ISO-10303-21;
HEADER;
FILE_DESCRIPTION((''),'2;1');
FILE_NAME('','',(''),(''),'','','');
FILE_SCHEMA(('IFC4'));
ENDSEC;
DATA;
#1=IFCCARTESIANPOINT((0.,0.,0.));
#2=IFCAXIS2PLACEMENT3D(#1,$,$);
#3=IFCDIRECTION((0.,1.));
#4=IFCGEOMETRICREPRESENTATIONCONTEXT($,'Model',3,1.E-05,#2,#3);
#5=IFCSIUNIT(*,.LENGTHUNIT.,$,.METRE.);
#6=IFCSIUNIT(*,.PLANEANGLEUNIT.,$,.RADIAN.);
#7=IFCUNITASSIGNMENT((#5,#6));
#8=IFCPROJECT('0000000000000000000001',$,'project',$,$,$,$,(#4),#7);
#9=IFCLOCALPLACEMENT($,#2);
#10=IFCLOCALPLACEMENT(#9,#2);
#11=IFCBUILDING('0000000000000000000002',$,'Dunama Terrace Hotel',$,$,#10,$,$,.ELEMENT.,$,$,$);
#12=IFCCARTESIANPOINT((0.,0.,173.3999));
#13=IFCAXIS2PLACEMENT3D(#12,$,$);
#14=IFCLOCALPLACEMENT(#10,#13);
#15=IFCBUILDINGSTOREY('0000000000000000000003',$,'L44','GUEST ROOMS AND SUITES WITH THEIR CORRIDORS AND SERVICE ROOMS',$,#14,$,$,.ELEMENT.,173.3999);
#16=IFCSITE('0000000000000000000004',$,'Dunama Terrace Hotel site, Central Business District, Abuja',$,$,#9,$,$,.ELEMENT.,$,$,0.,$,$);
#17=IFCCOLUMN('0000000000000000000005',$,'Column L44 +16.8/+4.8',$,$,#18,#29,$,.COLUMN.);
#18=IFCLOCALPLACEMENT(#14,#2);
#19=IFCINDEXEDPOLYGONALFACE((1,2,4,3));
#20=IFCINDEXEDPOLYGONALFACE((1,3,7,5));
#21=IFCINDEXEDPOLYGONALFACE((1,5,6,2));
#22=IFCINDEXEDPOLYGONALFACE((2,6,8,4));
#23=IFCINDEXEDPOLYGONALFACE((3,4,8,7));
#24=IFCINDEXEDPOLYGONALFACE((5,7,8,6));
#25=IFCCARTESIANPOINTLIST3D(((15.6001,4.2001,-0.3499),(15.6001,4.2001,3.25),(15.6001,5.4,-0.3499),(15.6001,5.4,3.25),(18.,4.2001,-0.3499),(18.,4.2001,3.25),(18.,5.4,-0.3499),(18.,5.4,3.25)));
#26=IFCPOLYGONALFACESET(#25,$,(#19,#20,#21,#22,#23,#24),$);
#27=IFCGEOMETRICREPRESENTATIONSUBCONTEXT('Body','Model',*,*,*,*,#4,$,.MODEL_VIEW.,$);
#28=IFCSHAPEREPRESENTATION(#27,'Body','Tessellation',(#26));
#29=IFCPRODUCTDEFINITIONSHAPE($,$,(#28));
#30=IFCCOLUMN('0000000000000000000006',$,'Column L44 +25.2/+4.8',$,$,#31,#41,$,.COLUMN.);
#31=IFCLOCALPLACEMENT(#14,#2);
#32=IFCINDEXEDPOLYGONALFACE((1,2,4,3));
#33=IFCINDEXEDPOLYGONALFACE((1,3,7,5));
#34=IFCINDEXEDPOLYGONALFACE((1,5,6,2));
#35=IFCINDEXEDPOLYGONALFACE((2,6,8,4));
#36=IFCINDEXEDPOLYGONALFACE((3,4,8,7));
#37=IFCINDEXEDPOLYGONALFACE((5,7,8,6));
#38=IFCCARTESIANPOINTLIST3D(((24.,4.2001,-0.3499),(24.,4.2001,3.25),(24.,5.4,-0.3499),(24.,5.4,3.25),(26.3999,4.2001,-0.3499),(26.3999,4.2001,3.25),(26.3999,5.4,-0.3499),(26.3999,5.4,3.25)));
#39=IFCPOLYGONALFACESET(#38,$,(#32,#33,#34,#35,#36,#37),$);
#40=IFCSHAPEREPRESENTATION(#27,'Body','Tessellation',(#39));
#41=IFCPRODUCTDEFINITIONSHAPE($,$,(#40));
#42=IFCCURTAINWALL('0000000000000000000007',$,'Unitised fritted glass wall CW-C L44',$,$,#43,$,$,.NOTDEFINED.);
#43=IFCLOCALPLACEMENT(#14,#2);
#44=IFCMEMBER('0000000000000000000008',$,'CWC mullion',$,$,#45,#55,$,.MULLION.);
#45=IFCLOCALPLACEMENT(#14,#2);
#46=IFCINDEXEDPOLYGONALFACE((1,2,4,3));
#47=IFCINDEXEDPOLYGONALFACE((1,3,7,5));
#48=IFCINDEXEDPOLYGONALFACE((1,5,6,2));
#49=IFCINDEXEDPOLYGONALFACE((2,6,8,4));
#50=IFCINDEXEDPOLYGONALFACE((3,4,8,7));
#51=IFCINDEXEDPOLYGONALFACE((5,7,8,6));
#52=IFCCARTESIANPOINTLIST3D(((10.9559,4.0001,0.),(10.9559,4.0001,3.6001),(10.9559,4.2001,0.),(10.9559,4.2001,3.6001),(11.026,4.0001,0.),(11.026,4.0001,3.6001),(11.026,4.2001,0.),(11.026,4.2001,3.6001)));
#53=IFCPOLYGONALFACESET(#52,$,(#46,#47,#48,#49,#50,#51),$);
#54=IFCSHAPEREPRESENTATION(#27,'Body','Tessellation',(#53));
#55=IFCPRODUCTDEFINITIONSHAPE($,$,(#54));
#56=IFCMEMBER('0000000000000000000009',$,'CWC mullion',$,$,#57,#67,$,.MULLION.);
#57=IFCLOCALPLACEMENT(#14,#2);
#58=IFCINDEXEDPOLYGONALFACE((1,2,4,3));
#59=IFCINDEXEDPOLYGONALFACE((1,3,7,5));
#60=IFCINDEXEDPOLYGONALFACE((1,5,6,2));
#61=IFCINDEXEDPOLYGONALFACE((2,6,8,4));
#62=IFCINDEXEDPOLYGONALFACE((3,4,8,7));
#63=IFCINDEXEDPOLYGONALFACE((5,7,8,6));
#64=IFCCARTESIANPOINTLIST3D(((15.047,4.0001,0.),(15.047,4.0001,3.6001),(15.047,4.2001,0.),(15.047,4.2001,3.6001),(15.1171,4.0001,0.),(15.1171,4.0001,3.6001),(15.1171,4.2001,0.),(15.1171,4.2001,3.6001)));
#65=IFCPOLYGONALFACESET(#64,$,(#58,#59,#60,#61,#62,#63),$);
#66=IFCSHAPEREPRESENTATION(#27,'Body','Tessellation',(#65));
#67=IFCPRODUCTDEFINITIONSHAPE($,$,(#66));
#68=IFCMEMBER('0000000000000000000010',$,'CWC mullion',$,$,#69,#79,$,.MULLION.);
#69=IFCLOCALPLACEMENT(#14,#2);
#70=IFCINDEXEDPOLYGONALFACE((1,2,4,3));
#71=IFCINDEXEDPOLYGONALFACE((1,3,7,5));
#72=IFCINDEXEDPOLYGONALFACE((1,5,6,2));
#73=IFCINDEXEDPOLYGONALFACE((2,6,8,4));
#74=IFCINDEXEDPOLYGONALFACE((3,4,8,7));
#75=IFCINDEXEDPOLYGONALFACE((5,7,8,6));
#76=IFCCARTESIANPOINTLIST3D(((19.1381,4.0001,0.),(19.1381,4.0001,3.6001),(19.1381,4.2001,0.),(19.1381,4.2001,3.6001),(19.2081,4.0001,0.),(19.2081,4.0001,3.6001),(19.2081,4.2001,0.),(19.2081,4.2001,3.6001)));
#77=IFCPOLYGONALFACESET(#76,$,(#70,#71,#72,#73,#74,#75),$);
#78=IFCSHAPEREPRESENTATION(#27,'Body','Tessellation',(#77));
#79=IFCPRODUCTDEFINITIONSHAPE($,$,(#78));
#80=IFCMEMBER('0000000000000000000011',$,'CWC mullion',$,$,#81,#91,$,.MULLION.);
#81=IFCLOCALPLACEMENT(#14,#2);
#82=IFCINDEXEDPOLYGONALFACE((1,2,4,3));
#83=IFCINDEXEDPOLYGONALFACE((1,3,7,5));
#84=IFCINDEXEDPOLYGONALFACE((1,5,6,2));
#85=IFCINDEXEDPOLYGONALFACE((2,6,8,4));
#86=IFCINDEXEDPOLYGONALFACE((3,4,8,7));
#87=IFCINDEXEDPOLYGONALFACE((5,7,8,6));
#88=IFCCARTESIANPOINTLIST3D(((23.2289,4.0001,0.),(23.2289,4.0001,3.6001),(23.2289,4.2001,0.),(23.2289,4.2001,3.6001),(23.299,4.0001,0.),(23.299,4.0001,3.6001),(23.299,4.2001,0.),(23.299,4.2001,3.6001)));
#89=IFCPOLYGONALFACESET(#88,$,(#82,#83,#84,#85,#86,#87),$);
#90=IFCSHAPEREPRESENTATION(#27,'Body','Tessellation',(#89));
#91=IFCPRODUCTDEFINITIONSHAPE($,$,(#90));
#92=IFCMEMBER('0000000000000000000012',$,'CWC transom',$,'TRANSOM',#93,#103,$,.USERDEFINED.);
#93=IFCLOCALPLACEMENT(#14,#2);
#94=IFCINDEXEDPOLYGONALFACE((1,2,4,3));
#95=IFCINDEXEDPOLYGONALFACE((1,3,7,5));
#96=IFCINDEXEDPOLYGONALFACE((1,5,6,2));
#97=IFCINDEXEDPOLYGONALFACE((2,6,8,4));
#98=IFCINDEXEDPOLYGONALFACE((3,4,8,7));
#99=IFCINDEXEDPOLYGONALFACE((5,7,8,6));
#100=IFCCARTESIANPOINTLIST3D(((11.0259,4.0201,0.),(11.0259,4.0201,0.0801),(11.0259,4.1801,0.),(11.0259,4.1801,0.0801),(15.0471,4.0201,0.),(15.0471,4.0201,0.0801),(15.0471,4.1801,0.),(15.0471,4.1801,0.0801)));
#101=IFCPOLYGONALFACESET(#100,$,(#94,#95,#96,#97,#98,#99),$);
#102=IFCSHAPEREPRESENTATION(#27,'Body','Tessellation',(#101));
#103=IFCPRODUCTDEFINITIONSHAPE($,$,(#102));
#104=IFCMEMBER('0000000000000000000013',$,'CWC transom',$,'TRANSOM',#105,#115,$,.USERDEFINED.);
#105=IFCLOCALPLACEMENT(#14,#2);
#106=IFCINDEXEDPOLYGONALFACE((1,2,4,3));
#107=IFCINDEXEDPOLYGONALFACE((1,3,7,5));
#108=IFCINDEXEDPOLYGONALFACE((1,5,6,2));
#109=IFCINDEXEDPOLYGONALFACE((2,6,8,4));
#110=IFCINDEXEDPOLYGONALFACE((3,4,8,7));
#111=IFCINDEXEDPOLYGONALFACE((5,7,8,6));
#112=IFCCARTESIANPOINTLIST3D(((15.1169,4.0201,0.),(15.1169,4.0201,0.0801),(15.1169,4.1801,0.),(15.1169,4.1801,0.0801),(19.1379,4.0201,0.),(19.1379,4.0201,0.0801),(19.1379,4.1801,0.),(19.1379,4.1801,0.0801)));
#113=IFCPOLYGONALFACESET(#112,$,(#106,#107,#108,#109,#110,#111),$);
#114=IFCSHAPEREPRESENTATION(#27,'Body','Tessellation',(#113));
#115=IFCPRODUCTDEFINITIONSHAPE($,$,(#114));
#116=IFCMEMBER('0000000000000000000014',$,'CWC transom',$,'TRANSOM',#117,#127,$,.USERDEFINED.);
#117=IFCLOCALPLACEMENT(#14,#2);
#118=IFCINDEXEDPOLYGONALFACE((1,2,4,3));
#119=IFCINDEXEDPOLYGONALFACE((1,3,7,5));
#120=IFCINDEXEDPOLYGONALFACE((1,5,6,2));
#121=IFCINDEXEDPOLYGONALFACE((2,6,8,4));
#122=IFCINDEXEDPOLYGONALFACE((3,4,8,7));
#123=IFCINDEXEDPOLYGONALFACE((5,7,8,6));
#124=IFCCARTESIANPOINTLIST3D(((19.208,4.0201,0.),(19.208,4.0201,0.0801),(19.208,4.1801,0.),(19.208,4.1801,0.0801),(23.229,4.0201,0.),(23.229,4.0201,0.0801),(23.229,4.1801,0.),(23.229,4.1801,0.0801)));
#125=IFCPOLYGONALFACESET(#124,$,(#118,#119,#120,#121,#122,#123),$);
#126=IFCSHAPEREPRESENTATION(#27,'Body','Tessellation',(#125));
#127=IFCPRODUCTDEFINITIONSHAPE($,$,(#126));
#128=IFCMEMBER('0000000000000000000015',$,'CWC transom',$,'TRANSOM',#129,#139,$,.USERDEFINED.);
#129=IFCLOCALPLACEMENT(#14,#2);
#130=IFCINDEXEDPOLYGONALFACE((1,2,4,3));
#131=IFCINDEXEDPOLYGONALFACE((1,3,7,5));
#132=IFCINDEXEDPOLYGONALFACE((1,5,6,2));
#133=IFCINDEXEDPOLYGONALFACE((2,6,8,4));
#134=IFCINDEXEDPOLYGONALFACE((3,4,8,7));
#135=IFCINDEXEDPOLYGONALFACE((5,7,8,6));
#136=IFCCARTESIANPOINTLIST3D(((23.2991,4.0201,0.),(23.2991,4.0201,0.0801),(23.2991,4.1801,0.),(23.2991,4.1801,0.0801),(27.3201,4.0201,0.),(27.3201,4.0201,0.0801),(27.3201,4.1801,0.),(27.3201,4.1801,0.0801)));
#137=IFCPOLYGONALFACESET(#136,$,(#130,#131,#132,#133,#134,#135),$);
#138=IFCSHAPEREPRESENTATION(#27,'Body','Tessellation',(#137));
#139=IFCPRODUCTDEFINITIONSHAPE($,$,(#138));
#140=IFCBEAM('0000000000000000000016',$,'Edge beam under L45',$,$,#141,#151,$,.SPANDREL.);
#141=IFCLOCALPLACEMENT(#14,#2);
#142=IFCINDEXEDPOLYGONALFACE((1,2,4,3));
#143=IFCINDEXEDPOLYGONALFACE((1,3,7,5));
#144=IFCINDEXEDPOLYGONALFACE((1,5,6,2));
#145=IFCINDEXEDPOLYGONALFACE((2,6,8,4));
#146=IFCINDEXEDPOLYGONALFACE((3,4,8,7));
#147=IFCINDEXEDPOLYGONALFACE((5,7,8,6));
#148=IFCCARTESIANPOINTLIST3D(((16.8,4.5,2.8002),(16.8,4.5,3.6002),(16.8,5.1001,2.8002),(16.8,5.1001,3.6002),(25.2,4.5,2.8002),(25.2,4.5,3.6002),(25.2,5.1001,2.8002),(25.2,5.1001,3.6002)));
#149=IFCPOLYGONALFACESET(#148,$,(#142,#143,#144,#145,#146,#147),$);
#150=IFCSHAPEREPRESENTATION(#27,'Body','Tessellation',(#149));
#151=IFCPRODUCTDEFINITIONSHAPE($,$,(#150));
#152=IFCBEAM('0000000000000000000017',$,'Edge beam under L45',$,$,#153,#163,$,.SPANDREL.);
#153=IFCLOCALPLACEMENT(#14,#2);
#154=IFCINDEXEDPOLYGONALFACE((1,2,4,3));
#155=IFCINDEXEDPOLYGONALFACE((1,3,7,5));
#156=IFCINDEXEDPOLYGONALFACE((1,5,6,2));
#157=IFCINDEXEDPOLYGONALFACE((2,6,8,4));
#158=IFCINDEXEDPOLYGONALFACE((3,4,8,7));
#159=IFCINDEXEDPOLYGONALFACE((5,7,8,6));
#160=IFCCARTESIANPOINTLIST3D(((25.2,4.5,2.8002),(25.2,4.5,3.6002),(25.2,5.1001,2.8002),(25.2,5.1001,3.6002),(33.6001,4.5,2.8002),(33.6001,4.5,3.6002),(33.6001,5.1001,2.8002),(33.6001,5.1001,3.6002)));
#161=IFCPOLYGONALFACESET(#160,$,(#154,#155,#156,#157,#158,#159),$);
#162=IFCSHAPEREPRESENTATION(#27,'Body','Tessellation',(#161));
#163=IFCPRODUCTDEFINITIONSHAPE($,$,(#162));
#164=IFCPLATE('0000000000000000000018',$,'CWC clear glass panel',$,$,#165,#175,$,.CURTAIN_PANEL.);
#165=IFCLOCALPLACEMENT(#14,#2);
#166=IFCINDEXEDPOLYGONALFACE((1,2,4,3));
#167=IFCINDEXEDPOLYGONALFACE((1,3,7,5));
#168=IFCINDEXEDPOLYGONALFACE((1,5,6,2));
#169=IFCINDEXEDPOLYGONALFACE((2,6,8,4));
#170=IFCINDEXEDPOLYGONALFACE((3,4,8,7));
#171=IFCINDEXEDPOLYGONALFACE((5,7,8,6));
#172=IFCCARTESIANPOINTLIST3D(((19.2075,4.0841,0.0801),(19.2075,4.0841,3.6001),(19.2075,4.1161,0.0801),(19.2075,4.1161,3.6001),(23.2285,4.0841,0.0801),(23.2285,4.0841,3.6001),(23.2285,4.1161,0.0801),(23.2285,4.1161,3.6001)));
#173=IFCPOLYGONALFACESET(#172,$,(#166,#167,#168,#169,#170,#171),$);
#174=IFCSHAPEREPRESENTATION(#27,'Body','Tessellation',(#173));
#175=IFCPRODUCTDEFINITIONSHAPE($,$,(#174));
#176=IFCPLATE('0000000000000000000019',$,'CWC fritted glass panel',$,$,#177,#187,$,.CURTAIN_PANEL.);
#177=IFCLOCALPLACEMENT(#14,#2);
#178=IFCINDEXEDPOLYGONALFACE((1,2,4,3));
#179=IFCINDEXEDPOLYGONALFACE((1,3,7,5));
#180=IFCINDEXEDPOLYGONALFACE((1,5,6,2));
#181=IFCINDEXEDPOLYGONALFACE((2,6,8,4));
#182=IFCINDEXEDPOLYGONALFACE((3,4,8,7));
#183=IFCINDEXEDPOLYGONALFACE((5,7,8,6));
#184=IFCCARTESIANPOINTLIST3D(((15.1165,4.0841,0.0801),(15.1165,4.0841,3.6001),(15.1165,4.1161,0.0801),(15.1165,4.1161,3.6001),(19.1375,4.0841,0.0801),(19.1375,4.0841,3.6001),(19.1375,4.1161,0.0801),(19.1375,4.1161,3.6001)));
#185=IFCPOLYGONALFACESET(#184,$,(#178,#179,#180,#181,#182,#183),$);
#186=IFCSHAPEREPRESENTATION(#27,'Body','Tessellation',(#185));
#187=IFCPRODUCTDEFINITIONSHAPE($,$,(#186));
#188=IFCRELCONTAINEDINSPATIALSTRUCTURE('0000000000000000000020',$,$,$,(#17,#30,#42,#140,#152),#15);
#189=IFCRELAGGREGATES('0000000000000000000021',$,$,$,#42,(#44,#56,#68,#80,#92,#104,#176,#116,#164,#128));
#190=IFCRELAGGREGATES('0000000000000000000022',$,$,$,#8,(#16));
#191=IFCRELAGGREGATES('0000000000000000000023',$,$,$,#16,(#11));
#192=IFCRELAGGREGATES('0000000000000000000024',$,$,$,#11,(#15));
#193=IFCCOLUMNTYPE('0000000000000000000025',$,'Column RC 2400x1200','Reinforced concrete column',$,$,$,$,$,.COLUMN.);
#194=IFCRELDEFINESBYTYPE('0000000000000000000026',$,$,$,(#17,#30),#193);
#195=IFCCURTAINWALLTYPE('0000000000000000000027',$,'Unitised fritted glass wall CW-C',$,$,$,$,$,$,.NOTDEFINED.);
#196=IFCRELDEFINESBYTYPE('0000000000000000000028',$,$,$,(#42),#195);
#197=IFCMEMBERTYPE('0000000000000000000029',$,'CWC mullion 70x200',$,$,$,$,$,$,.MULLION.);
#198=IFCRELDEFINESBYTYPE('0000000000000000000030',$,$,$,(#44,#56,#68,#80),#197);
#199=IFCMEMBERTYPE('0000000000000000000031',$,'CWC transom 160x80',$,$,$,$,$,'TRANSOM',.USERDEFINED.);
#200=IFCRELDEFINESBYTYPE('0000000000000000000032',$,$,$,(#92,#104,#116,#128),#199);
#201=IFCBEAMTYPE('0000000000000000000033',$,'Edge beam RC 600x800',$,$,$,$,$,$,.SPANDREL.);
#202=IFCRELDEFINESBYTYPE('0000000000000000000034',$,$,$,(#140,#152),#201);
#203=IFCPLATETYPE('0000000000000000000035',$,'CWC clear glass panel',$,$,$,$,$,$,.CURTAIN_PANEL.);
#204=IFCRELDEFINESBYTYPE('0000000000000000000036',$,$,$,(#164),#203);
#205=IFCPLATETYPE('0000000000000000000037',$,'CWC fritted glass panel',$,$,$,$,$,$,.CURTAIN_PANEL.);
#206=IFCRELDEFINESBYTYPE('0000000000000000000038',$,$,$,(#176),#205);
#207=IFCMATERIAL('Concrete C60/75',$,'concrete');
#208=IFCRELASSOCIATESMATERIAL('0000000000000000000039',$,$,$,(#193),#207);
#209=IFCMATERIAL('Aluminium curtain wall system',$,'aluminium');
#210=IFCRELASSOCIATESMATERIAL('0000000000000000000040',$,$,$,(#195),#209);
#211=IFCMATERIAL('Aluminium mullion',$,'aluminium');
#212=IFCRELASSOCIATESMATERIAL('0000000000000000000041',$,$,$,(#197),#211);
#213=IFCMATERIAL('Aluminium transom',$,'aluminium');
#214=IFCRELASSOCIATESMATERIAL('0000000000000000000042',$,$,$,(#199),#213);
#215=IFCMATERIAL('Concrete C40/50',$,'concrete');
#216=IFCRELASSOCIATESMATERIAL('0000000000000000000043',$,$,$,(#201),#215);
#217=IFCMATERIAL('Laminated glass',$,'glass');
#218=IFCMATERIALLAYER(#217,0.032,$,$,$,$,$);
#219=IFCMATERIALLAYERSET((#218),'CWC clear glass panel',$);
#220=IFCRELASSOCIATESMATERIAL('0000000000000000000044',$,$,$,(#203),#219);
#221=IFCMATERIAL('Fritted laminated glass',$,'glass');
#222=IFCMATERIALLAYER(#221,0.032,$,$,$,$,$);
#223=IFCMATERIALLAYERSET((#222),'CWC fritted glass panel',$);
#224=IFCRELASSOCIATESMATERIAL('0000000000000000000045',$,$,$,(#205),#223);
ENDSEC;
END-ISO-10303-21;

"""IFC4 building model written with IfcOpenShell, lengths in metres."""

from ifc_helpers import new_model, si_unit, direction, frame, origin, origin_2d, place, context, subcontext, project, spatial, rectangle, extrude, material, layer, layer_set, material_profile, profile_set, type_object, element, aggregate, save


model = new_model("IFC4")

# Units and contexts
model_context = context("Model", 3, precision=1e-05, world=origin(), true_north=direction((0.0, 1.0)))
body_context = subcontext(model_context, "Body", "Model", "MODEL_VIEW")
ifc_project = project(units=[si_unit("LENGTHUNIT", "METRE"), si_unit("PLANEANGLEUNIT", "RADIAN")], contexts=[model_context])

# Site, building, storey
site_placement = place(None, origin())
site = spatial("IfcSite", under=ifc_project, at=site_placement, Name="Dunama Terrace Hotel site, Central Business District, Abuja", CompositionType="ELEMENT", RefElevation=0.0)
building_placement = place(site_placement, origin())
building = spatial("IfcBuilding", under=site, at=building_placement, Name="Dunama Terrace Hotel", CompositionType="ELEMENT")
storey_placement = place(building_placement, frame((0.0, 0.0, 173.3999)))
storey = spatial("IfcBuildingStorey", under=building, at=storey_placement, Name="L44", Description="GUEST ROOMS AND SUITES WITH THEIR CORRIDORS AND SERVICE ROOMS", CompositionType="ELEMENT", Elevation=173.3999)

# Columns
ifc_material_1 = material(Name="Concrete C60/75", Category="concrete")
ifc_material_profile_1 = material_profile(ifc_material_1, rectangle(XDim=2.3999, YDim=1.2, at=origin_2d()), Name="RC 2400x1200")
ifc_profile_set_1 = profile_set([ifc_material_profile_1], Name="Concrete C60/75")
column_type = type_object("IfcColumnType", Name="Column RC 2400x1200", Description="Reinforced concrete column", PredefinedType="COLUMN", material=ifc_profile_set_1)
for number, where, z_axis, x_axis, name in (
    (1, (16.8, 4.8, -0.3499), (0.0, 0.0, 1.0), (1.0, 0.0, 0.0), "Column L44 +16.8/+4.8"),
    (2, (25.2, 4.8, -0.3499), (0.0, 0.0, 1.0), (1.0, 0.0, 0.0), "Column L44 +25.2/+4.8"),
):
    element("IfcColumn", number, at=place(storey_placement, frame(where, z_axis=z_axis, x_axis=x_axis)), inside=storey, type_object=column_type, Name=name, PredefinedType="COLUMN", context=body_context, shape_type="SweptSolid", body=[
        extrude(rectangle(XDim=2.3999, YDim=1.2, at=origin_2d()), origin(), (0.0, 0.0, 1.0), 3.5999),
    ])

# Curtain wall, members
ifc_material_2 = material(Name="Aluminium curtain wall system", Category="aluminium")
curtain_wall_type = type_object("IfcCurtainWallType", Name="Unitised fritted glass wall CW-C", PredefinedType="NOTDEFINED", material=ifc_material_2)
curtain_wall_placement = place(storey_placement, origin())
curtain_wall = element("IfcCurtainWall", 3, at=curtain_wall_placement, inside=storey, type_object=curtain_wall_type, Name="Unitised fritted glass wall CW-C L44", PredefinedType="NOTDEFINED")
ifc_material_3 = material(Name="Aluminium mullion", Category="aluminium")
ifc_material_profile_2 = material_profile(ifc_material_3, rectangle(XDim=0.0701, YDim=0.2, at=origin_2d()), Name="CWC MULLION 70X200")
ifc_profile_set_2 = profile_set([ifc_material_profile_2], Name="Aluminium mullion")
member_type_1 = type_object("IfcMemberType", Name="CWC mullion 70x200", PredefinedType="MULLION", material=ifc_profile_set_2)
member_1_placement = place(storey_placement, frame((10.991, 4.1001, 0.0), z_axis=(0.0, 0.0, 1.0), x_axis=(1.0, 0.0, 0.0)))
member_1 = element("IfcMember", 4, at=member_1_placement, type_object=member_type_1, Name="CWC mullion", PredefinedType="MULLION", context=body_context, shape_type="SweptSolid", body=[
    extrude(rectangle(XDim=0.0701, YDim=0.2, at=origin_2d()), origin(), (0.0, 0.0, 1.0), 3.6001),
])
member_2_placement = place(storey_placement, frame((15.082, 4.1001, 0.0), z_axis=(0.0, 0.0, 1.0), x_axis=(1.0, 0.0, 0.0)))
member_2 = element("IfcMember", 5, at=member_2_placement, type_object=member_type_1, Name="CWC mullion", PredefinedType="MULLION", context=body_context, shape_type="SweptSolid", body=[
    extrude(rectangle(XDim=0.0701, YDim=0.2, at=origin_2d()), origin(), (0.0, 0.0, 1.0), 3.6001),
])
member_3_placement = place(storey_placement, frame((19.1731, 4.1001, 0.0), z_axis=(0.0, 0.0, 1.0), x_axis=(1.0, 0.0, 0.0)))
member_3 = element("IfcMember", 6, at=member_3_placement, type_object=member_type_1, Name="CWC mullion", PredefinedType="MULLION", context=body_context, shape_type="SweptSolid", body=[
    extrude(rectangle(XDim=0.0701, YDim=0.2, at=origin_2d()), origin(), (0.0, 0.0, 1.0), 3.6001),
])
member_4_placement = place(storey_placement, frame((23.2639, 4.1001, 0.0), z_axis=(0.0, 0.0, 1.0), x_axis=(1.0, 0.0, 0.0)))
member_4 = element("IfcMember", 7, at=member_4_placement, type_object=member_type_1, Name="CWC mullion", PredefinedType="MULLION", context=body_context, shape_type="SweptSolid", body=[
    extrude(rectangle(XDim=0.0701, YDim=0.2, at=origin_2d()), origin(), (0.0, 0.0, 1.0), 3.6001),
])
ifc_material_4 = material(Name="Aluminium transom", Category="aluminium")
ifc_material_profile_3 = material_profile(ifc_material_4, rectangle(XDim=0.1599, YDim=0.0801, at=origin_2d()), Name="CWC TRANSOM 160X80")
ifc_profile_set_3 = profile_set([ifc_material_profile_3], Name="Aluminium transom")
member_type_2 = type_object("IfcMemberType", Name="CWC transom 160x80", ElementType="TRANSOM", PredefinedType="USERDEFINED", material=ifc_profile_set_3)
member_5_placement = place(storey_placement, frame((11.0259, 4.1001, 0.04), z_axis=(1.0, 0.0, 0.0), x_axis=(0.0, 1.0, 0.0)))
member_5 = element("IfcMember", 8, at=member_5_placement, type_object=member_type_2, Name="CWC transom", ObjectType="TRANSOM", PredefinedType="USERDEFINED", context=body_context, shape_type="SweptSolid", body=[
    extrude(rectangle(XDim=0.1599, YDim=0.0801, at=origin_2d()), origin(), (0.0, 0.0, 1.0), 4.0212),
])
member_6_placement = place(storey_placement, frame((15.1169, 4.1001, 0.04), z_axis=(1.0, 0.0, 0.0), x_axis=(0.0, 1.0, 0.0)))
member_6 = element("IfcMember", 9, at=member_6_placement, type_object=member_type_2, Name="CWC transom", ObjectType="TRANSOM", PredefinedType="USERDEFINED", context=body_context, shape_type="SweptSolid", body=[
    extrude(rectangle(XDim=0.1599, YDim=0.0801, at=origin_2d()), origin(), (0.0, 0.0, 1.0), 4.021),
])
member_7_placement = place(storey_placement, frame((19.208, 4.1001, 0.04), z_axis=(1.0, 0.0, 0.0), x_axis=(0.0, 1.0, 0.0)))
member_7 = element("IfcMember", 10, at=member_7_placement, type_object=member_type_2, Name="CWC transom", ObjectType="TRANSOM", PredefinedType="USERDEFINED", context=body_context, shape_type="SweptSolid", body=[
    extrude(rectangle(XDim=0.1599, YDim=0.0801, at=origin_2d()), origin(), (0.0, 0.0, 1.0), 4.021),
])
member_8_placement = place(storey_placement, frame((23.2991, 4.1001, 0.04), z_axis=(1.0, 0.0, 0.0), x_axis=(0.0, 1.0, 0.0)))
member_8 = element("IfcMember", 11, at=member_8_placement, type_object=member_type_2, Name="CWC transom", ObjectType="TRANSOM", PredefinedType="USERDEFINED", context=body_context, shape_type="SweptSolid", body=[
    extrude(rectangle(XDim=0.1599, YDim=0.0801, at=origin_2d()), origin(), (0.0, 0.0, 1.0), 4.021),
])

# Beams
ifc_material_5 = material(Name="Concrete C40/50", Category="concrete")
ifc_material_profile_4 = material_profile(ifc_material_5, rectangle(XDim=0.6001, YDim=0.8, at=origin_2d()), Name="RC 600x800")
ifc_profile_set_4 = profile_set([ifc_material_profile_4], Name="Concrete C40/50")
beam_type = type_object("IfcBeamType", Name="Edge beam RC 600x800", PredefinedType="SPANDREL", material=ifc_profile_set_4)
beam_1_placement = place(storey_placement, frame((16.8, 4.8, 3.2002), z_axis=(1.0, 0.0, 0.0), x_axis=(0.0, 1.0, 0.0)))
element("IfcBeam", 12, at=beam_1_placement, inside=storey, type_object=beam_type, Name="Edge beam under L45", PredefinedType="SPANDREL", context=body_context, shape_type="SweptSolid", body=[
    extrude(rectangle(XDim=0.6001, YDim=0.8, at=origin_2d()), origin(), (0.0, 0.0, 1.0), 8.3999),
])
beam_2_placement = place(storey_placement, frame((25.2, 4.8, 3.2002), z_axis=(1.0, 0.0, 0.0), x_axis=(0.0, 1.0, 0.0)))
element("IfcBeam", 13, at=beam_2_placement, inside=storey, type_object=beam_type, Name="Edge beam under L45", PredefinedType="SPANDREL", context=body_context, shape_type="SweptSolid", body=[
    extrude(rectangle(XDim=0.6001, YDim=0.8, at=origin_2d()), origin(), (0.0, 0.0, 1.0), 8.4001),
])

# Plates
ifc_material_6 = material(Name="Laminated glass", Category="glass")
ifc_layer_1 = layer(ifc_material_6, 0.032)
ifc_layer_set_1 = layer_set([ifc_layer_1], Name="CWC clear glass panel")
plate_type_1 = type_object("IfcPlateType", Name="CWC clear glass panel", PredefinedType="CURTAIN_PANEL", material=ifc_layer_set_1)
plate_1_placement = place(storey_placement, frame((21.218, 4.1001, 0.0801), z_axis=(0.0, 0.0, 1.0), x_axis=(1.0, 0.0, 0.0)))
plate_1 = element("IfcPlate", 14, at=plate_1_placement, type_object=plate_type_1, Name="CWC clear glass panel", PredefinedType="CURTAIN_PANEL", context=body_context, shape_type="SweptSolid", body=[
    extrude(rectangle(XDim=4.021, YDim=0.032, at=origin_2d()), origin(), (0.0, 0.0, 1.0), 3.52),
])
ifc_material_7 = material(Name="Fritted laminated glass", Category="glass")
ifc_layer_2 = layer(ifc_material_7, 0.032)
ifc_layer_set_2 = layer_set([ifc_layer_2], Name="CWC fritted glass panel")
plate_type_2 = type_object("IfcPlateType", Name="CWC fritted glass panel", PredefinedType="CURTAIN_PANEL", material=ifc_layer_set_2)
plate_2_placement = place(storey_placement, frame((17.127, 4.1001, 0.0801), z_axis=(0.0, 0.0, 1.0), x_axis=(1.0, 0.0, 0.0)))
plate_2 = element("IfcPlate", 15, at=plate_2_placement, type_object=plate_type_2, Name="CWC fritted glass panel", PredefinedType="CURTAIN_PANEL", context=body_context, shape_type="SweptSolid", body=[
    extrude(rectangle(XDim=4.021, YDim=0.032, at=origin_2d()), origin(), (0.0, 0.0, 1.0), 3.52),
])
aggregate(curtain_wall, [member_1, member_2, member_3, member_4, member_5, member_6, plate_2, member_7, plate_1, member_8])

save(model, "model.ifc")
